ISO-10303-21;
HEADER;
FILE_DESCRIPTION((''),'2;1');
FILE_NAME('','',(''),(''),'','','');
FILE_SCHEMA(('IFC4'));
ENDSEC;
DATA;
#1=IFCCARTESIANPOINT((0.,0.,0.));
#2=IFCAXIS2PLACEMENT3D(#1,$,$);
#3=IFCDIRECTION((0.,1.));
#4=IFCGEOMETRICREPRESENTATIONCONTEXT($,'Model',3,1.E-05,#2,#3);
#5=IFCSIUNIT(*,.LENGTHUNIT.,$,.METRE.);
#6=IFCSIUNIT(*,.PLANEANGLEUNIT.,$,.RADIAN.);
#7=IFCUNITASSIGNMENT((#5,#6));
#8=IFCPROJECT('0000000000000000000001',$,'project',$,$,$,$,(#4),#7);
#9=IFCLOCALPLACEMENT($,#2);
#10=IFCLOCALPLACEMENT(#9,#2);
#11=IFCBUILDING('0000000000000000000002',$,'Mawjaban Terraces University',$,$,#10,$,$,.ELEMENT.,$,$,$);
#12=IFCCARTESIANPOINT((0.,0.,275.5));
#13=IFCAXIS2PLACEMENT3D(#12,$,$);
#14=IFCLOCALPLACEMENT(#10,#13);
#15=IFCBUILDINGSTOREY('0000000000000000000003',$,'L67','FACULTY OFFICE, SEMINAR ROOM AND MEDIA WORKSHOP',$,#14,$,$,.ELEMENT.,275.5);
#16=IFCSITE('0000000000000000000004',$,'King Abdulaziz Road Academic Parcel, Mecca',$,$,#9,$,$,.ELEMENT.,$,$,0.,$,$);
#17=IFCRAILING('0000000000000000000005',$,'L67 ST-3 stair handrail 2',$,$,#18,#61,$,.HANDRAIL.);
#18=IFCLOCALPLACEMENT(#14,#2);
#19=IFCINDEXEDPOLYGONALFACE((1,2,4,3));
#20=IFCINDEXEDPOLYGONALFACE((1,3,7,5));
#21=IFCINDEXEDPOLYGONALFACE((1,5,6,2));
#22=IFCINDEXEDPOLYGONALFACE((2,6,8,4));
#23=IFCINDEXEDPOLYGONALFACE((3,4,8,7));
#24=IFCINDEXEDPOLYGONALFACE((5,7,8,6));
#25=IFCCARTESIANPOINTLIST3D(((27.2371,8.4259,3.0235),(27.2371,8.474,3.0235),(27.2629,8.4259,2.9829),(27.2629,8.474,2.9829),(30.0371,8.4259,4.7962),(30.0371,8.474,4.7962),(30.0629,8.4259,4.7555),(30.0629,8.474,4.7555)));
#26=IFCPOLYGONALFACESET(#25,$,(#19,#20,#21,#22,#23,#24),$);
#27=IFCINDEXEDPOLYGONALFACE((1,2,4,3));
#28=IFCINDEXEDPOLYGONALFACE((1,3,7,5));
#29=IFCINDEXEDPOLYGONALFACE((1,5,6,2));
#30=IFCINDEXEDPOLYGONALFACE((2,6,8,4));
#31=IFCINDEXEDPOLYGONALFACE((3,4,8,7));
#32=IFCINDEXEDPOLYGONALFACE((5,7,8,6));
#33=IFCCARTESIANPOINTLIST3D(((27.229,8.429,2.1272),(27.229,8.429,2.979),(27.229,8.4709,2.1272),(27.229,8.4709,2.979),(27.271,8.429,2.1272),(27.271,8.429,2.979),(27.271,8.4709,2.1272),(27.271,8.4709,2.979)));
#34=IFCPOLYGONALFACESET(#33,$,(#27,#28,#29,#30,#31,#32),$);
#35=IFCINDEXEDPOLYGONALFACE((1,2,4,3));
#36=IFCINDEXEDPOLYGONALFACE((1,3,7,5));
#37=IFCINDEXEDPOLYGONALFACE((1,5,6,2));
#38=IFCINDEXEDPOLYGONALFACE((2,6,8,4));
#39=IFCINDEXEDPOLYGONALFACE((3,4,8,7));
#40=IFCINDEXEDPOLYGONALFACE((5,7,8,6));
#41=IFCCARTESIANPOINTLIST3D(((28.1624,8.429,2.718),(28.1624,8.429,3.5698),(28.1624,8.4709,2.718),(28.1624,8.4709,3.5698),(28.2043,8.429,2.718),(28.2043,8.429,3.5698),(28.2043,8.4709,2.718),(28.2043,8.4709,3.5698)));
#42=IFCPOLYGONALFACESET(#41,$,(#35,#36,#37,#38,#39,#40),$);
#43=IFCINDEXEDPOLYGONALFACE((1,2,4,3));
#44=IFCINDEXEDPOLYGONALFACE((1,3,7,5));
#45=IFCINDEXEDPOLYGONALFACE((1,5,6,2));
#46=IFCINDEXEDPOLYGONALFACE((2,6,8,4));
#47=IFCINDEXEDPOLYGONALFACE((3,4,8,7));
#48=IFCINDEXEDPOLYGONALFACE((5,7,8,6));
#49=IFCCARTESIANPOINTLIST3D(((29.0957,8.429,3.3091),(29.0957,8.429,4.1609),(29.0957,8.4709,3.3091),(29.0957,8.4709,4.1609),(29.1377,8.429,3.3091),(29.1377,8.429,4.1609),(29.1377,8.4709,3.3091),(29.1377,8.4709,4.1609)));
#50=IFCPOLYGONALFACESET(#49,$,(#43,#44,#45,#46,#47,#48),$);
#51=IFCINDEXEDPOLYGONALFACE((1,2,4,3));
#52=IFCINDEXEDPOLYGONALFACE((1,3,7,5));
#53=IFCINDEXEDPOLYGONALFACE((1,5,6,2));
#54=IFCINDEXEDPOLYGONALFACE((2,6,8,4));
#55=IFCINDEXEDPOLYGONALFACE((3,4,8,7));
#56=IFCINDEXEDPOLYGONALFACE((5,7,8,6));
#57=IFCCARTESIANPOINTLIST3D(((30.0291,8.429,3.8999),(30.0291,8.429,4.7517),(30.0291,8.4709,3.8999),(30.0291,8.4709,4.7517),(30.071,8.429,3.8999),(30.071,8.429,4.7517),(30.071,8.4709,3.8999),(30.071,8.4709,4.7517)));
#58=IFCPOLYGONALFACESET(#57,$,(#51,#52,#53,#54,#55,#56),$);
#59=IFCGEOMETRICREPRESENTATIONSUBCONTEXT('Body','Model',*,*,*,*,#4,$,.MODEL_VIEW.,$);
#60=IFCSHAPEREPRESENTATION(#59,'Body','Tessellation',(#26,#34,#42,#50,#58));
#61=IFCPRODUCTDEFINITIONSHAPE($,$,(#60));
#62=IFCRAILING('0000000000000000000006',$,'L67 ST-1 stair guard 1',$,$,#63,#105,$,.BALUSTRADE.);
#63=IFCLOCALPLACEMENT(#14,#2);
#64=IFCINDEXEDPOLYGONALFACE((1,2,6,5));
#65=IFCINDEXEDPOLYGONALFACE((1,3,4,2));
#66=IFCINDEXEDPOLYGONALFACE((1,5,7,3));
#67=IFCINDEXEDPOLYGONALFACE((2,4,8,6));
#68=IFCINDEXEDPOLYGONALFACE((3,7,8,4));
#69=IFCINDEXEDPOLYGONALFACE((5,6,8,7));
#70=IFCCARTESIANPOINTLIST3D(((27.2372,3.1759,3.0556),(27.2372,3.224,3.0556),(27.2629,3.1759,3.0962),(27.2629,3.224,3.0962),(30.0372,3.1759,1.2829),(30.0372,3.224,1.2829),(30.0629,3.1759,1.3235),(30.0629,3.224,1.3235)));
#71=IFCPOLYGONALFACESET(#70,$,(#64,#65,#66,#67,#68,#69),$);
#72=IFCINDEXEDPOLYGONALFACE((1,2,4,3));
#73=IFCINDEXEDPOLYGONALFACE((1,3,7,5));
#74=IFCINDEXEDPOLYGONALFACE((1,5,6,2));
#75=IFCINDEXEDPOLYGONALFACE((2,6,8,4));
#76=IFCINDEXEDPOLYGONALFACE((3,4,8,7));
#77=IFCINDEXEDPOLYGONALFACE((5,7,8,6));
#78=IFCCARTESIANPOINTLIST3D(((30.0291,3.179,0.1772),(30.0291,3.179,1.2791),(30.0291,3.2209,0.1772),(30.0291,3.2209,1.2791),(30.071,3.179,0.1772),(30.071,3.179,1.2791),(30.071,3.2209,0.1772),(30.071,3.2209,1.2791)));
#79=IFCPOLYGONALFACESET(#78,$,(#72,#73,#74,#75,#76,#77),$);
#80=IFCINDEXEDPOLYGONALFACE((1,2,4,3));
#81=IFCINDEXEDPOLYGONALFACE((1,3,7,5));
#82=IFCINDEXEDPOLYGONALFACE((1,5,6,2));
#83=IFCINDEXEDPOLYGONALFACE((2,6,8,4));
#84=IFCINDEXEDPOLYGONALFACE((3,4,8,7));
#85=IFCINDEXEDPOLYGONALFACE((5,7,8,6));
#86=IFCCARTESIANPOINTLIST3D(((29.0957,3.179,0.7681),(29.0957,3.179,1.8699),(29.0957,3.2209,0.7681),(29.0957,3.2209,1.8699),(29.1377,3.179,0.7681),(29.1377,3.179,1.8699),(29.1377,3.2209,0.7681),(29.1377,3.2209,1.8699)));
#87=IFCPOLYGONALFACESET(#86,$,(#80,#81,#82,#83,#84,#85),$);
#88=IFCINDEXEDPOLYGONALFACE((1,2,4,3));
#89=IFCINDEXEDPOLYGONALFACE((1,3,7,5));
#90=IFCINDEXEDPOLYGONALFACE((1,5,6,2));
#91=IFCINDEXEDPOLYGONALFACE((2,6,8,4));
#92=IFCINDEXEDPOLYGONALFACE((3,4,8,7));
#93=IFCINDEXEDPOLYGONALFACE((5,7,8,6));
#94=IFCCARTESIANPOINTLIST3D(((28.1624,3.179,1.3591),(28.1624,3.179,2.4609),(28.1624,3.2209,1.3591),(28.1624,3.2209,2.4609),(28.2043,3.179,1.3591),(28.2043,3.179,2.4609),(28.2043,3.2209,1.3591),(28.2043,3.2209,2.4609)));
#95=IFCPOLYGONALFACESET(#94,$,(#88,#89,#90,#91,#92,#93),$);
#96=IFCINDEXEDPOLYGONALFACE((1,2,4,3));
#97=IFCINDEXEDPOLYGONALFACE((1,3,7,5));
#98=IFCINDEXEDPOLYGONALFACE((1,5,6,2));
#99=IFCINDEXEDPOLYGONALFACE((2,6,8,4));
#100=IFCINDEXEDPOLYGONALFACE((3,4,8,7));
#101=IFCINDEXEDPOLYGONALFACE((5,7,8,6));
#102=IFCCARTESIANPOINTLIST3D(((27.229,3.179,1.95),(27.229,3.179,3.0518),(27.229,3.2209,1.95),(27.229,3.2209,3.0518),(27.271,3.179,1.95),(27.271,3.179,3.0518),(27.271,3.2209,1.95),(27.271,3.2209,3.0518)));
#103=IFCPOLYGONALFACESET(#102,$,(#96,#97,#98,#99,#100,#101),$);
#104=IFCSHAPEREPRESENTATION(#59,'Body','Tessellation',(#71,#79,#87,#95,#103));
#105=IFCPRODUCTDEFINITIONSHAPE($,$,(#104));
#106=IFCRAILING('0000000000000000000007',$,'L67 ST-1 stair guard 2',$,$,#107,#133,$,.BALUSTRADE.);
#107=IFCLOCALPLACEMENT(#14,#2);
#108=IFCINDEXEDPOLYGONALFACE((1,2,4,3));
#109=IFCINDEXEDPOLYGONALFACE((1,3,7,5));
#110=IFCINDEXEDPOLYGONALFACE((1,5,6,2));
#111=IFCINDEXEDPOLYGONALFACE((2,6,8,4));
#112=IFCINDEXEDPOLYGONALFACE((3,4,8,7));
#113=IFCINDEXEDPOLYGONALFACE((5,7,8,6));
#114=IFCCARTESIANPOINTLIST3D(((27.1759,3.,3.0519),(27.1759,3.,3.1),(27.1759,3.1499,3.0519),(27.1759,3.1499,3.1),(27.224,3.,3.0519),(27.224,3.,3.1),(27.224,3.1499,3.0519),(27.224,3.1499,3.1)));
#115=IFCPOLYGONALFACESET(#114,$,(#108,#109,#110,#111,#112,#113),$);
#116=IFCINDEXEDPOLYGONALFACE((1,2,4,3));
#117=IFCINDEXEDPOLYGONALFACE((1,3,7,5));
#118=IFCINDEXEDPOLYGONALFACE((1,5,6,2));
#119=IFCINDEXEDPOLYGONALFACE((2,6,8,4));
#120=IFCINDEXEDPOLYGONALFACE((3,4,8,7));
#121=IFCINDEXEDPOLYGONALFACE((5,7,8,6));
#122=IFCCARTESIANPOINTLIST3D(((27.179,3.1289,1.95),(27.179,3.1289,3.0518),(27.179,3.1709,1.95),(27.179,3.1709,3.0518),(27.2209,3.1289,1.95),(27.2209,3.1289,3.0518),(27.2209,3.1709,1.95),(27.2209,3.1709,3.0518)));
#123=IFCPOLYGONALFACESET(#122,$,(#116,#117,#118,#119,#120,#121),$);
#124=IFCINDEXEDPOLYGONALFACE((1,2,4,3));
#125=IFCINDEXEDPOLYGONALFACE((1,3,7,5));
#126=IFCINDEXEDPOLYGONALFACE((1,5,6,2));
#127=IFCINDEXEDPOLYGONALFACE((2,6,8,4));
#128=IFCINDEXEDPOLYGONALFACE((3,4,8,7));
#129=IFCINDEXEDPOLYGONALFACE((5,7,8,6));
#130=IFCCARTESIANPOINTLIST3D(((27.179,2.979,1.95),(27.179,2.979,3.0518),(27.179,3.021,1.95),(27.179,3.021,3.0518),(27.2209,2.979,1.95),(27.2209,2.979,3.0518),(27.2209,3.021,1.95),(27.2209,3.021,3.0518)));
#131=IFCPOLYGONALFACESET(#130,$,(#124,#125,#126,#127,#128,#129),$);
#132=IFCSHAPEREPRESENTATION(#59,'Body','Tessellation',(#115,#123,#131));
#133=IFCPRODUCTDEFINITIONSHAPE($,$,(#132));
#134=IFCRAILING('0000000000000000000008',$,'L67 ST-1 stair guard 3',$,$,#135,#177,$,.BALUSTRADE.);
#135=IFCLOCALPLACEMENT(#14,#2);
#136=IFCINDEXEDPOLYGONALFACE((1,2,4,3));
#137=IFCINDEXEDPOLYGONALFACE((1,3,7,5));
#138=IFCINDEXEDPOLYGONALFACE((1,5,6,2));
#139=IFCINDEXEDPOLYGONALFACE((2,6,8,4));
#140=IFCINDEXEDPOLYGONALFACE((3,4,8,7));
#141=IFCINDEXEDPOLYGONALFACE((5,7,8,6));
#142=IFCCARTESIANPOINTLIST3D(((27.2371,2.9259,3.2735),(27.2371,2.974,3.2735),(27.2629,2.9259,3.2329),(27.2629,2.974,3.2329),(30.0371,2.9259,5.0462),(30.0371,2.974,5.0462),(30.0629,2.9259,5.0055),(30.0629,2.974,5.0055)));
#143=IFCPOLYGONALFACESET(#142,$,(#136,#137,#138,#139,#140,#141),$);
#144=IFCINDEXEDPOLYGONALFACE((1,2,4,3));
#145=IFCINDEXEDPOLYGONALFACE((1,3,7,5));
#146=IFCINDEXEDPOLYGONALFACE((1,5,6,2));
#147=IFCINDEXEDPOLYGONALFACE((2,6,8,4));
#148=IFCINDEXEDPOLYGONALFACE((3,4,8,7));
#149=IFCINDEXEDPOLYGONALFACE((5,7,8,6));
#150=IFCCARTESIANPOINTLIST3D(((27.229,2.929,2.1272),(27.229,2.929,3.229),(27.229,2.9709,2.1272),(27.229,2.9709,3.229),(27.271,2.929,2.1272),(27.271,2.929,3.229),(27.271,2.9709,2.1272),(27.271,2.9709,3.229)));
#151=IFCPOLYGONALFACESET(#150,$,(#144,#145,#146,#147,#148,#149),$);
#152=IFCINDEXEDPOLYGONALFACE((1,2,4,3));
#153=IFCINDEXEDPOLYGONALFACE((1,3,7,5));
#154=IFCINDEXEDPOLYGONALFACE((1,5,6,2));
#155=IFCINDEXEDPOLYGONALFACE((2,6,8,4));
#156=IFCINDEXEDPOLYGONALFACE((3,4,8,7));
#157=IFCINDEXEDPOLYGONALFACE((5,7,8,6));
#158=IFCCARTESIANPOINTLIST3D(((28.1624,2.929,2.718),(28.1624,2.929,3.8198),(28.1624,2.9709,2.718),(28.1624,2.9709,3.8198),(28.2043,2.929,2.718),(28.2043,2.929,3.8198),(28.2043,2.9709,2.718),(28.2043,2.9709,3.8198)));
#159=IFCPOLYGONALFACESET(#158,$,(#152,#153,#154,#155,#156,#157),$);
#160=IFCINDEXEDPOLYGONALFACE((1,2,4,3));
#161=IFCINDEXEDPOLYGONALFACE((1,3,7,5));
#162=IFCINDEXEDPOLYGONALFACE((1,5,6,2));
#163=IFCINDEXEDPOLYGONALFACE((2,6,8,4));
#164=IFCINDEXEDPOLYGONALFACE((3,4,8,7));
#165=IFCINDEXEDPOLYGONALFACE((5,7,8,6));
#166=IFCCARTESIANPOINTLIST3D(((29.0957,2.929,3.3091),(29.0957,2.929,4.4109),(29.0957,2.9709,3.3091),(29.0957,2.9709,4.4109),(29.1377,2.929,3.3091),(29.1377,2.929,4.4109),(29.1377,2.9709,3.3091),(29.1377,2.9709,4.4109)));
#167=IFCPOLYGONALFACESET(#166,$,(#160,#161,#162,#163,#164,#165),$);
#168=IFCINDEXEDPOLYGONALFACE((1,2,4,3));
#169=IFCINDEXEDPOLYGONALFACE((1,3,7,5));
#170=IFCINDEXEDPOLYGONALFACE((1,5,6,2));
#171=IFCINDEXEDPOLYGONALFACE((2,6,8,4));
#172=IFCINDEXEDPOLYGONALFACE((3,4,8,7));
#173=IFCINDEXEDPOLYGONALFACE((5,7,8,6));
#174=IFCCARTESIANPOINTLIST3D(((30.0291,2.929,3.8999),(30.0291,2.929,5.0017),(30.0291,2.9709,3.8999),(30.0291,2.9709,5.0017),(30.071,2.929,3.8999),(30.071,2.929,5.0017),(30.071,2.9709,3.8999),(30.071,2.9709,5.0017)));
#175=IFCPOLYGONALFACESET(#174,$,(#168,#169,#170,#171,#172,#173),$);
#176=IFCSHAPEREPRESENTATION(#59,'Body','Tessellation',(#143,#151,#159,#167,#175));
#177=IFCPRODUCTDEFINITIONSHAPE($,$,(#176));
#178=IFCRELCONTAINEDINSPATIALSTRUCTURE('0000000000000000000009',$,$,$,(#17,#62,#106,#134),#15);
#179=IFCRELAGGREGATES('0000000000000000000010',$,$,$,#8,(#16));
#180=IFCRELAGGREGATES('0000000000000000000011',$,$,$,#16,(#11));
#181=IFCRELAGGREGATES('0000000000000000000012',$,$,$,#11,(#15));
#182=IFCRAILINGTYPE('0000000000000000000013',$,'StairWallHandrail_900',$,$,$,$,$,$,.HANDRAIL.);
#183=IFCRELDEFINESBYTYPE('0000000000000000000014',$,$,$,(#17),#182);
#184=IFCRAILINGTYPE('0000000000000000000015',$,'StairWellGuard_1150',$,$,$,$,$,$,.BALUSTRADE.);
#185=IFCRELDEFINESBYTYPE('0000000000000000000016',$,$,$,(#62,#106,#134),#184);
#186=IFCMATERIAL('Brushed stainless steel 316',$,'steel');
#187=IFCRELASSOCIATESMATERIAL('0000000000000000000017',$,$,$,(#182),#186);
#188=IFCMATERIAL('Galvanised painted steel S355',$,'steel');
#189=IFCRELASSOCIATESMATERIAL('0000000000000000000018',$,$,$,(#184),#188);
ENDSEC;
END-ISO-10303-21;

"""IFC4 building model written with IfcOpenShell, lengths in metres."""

from ifc_helpers import new_model, si_unit, direction, frame, origin, origin_2d, place, context, subcontext, project, spatial, rectangle, extrude, material, type_object, element, save


model = new_model("IFC4")

# Units and contexts
model_context = context("Model", 3, precision=1e-05, world=origin(), true_north=direction((0.0, 1.0)))
body_context = subcontext(model_context, "Body", "Model", "MODEL_VIEW")
ifc_project = project(units=[si_unit("LENGTHUNIT", "METRE"), si_unit("PLANEANGLEUNIT", "RADIAN")], contexts=[model_context])

# Site, building, storey
site_placement = place(None, origin())
site = spatial("IfcSite", under=ifc_project, at=site_placement, Name="King Abdulaziz Road Academic Parcel, Mecca", CompositionType="ELEMENT", RefElevation=0.0)
building_placement = place(site_placement, origin())
building = spatial("IfcBuilding", under=site, at=building_placement, Name="Mawjaban Terraces University", CompositionType="ELEMENT")
storey_placement = place(building_placement, frame((0.0, 0.0, 275.5)))
storey = spatial("IfcBuildingStorey", under=building, at=storey_placement, Name="L67", Description="FACULTY OFFICE, SEMINAR ROOM AND MEDIA WORKSHOP", CompositionType="ELEMENT", Elevation=275.5)

# Railings
ifc_material_1 = material(Name="Brushed stainless steel 316", Category="steel")
railing_type_1 = type_object("IfcRailingType", Name="StairWallHandrail_900", PredefinedType="HANDRAIL", material=ifc_material_1)
for number, where, name in (
    (1, (27.25, 8.45, 2.1272), "L67 ST-3 stair handrail 2"),
):
    element("IfcRailing", number, at=place(storey_placement, frame(where)), inside=storey, type_object=railing_type_1, Name=name, PredefinedType="HANDRAIL", context=body_context, shape_type="SweptSolid", body=[
        extrude(rectangle(XDim=0.0481, YDim=0.0481, at=origin_2d()), frame((0.0, 0.0, 0.876), z_axis=(0.844909, 0.0, 0.53491), x_axis=(0.0, 1.0, 0.0)), (0.0, 0.0, 1.0), 3.314),
        extrude(rectangle(XDim=0.042, YDim=0.042, at=origin_2d()), origin(), (0.0, 0.0, 1.0), 0.8518),
        extrude(rectangle(XDim=0.042, YDim=0.042, at=origin_2d()), frame((0.9333, 0.0, 0.5908)), (0.0, 0.0, 1.0), 0.8518),
        extrude(rectangle(XDim=0.042, YDim=0.042, at=origin_2d()), frame((1.8667, 0.0, 1.1819)), (0.0, 0.0, 1.0), 0.8518),
        extrude(rectangle(XDim=0.042, YDim=0.042, at=origin_2d()), frame((2.8, 0.0, 1.7727)), (0.0, 0.0, 1.0), 0.8518),
    ])
ifc_material_2 = material(Name="Galvanised painted steel S355", Category="steel")
railing_type_2 = type_object("IfcRailingType", Name="StairWellGuard_1150", PredefinedType="BALUSTRADE", material=ifc_material_2)
railing_1_placement = place(storey_placement, frame((30.05, 3.2, 0.1772)))
element("IfcRailing", 2, at=railing_1_placement, inside=storey, type_object=railing_type_2, Name="L67 ST-1 stair guard 1", PredefinedType="BALUSTRADE", context=body_context, shape_type="SweptSolid", body=[
    extrude(rectangle(XDim=0.0481, YDim=0.0481, at=origin_2d()), frame((0.0, 0.0, 1.126), z_axis=(-0.844909, 0.0, 0.53491), x_axis=(0.0, -1.0, 0.0)), (0.0, 0.0, 1.0), 3.314),
    extrude(rectangle(XDim=0.042, YDim=0.042, at=origin_2d()), origin(), (0.0, 0.0, 1.0), 1.1018),
    extrude(rectangle(XDim=0.042, YDim=0.042, at=origin_2d()), frame((-0.9333, 0.0, 0.5908)), (0.0, 0.0, 1.0), 1.1018),
    extrude(rectangle(XDim=0.042, YDim=0.042, at=origin_2d()), frame((-1.8667, 0.0, 1.1819)), (0.0, 0.0, 1.0), 1.1018),
    extrude(rectangle(XDim=0.042, YDim=0.042, at=origin_2d()), frame((-2.8, 0.0, 1.7727)), (0.0, 0.0, 1.0), 1.1018),
])
railing_2_placement = place(storey_placement, frame((27.2, 3.1499, 1.95)))
element("IfcRailing", 3, at=railing_2_placement, inside=storey, type_object=railing_type_2, Name="L67 ST-1 stair guard 2", PredefinedType="BALUSTRADE", context=body_context, shape_type="SweptSolid", body=[
    extrude(rectangle(XDim=0.0481, YDim=0.0481, at=origin_2d()), frame((0.0, 0.0, 1.126), z_axis=(0.0, -1.0, 0.0), x_axis=(1.0, 0.0, 0.0)), (0.0, 0.0, 1.0), 0.1499),
    extrude(rectangle(XDim=0.042, YDim=0.042, at=origin_2d()), origin(), (0.0, 0.0, 1.0), 1.1018),
    extrude(rectangle(XDim=0.042, YDim=0.042, at=origin_2d()), frame((0.0, -0.1499, 0.0)), (0.0, 0.0, 1.0), 1.1018),
])
railing_3_placement = place(storey_placement, frame((27.25, 2.95, 2.1272)))
element("IfcRailing", 4, at=railing_3_placement, inside=storey, type_object=railing_type_2, Name="L67 ST-1 stair guard 3", PredefinedType="BALUSTRADE", context=body_context, shape_type="SweptSolid", body=[
    extrude(rectangle(XDim=0.0481, YDim=0.0481, at=origin_2d()), frame((0.0, 0.0, 1.126), z_axis=(0.844909, 0.0, 0.53491), x_axis=(0.0, 1.0, 0.0)), (0.0, 0.0, 1.0), 3.314),
    extrude(rectangle(XDim=0.042, YDim=0.042, at=origin_2d()), origin(), (0.0, 0.0, 1.0), 1.1018),
    extrude(rectangle(XDim=0.042, YDim=0.042, at=origin_2d()), frame((0.9333, 0.0, 0.5908)), (0.0, 0.0, 1.0), 1.1018),
    extrude(rectangle(XDim=0.042, YDim=0.042, at=origin_2d()), frame((1.8667, 0.0, 1.1819)), (0.0, 0.0, 1.0), 1.1018),
    extrude(rectangle(XDim=0.042, YDim=0.042, at=origin_2d()), frame((2.8, 0.0, 1.7727)), (0.0, 0.0, 1.0), 1.1018),
])

save(model, "model.ifc")
